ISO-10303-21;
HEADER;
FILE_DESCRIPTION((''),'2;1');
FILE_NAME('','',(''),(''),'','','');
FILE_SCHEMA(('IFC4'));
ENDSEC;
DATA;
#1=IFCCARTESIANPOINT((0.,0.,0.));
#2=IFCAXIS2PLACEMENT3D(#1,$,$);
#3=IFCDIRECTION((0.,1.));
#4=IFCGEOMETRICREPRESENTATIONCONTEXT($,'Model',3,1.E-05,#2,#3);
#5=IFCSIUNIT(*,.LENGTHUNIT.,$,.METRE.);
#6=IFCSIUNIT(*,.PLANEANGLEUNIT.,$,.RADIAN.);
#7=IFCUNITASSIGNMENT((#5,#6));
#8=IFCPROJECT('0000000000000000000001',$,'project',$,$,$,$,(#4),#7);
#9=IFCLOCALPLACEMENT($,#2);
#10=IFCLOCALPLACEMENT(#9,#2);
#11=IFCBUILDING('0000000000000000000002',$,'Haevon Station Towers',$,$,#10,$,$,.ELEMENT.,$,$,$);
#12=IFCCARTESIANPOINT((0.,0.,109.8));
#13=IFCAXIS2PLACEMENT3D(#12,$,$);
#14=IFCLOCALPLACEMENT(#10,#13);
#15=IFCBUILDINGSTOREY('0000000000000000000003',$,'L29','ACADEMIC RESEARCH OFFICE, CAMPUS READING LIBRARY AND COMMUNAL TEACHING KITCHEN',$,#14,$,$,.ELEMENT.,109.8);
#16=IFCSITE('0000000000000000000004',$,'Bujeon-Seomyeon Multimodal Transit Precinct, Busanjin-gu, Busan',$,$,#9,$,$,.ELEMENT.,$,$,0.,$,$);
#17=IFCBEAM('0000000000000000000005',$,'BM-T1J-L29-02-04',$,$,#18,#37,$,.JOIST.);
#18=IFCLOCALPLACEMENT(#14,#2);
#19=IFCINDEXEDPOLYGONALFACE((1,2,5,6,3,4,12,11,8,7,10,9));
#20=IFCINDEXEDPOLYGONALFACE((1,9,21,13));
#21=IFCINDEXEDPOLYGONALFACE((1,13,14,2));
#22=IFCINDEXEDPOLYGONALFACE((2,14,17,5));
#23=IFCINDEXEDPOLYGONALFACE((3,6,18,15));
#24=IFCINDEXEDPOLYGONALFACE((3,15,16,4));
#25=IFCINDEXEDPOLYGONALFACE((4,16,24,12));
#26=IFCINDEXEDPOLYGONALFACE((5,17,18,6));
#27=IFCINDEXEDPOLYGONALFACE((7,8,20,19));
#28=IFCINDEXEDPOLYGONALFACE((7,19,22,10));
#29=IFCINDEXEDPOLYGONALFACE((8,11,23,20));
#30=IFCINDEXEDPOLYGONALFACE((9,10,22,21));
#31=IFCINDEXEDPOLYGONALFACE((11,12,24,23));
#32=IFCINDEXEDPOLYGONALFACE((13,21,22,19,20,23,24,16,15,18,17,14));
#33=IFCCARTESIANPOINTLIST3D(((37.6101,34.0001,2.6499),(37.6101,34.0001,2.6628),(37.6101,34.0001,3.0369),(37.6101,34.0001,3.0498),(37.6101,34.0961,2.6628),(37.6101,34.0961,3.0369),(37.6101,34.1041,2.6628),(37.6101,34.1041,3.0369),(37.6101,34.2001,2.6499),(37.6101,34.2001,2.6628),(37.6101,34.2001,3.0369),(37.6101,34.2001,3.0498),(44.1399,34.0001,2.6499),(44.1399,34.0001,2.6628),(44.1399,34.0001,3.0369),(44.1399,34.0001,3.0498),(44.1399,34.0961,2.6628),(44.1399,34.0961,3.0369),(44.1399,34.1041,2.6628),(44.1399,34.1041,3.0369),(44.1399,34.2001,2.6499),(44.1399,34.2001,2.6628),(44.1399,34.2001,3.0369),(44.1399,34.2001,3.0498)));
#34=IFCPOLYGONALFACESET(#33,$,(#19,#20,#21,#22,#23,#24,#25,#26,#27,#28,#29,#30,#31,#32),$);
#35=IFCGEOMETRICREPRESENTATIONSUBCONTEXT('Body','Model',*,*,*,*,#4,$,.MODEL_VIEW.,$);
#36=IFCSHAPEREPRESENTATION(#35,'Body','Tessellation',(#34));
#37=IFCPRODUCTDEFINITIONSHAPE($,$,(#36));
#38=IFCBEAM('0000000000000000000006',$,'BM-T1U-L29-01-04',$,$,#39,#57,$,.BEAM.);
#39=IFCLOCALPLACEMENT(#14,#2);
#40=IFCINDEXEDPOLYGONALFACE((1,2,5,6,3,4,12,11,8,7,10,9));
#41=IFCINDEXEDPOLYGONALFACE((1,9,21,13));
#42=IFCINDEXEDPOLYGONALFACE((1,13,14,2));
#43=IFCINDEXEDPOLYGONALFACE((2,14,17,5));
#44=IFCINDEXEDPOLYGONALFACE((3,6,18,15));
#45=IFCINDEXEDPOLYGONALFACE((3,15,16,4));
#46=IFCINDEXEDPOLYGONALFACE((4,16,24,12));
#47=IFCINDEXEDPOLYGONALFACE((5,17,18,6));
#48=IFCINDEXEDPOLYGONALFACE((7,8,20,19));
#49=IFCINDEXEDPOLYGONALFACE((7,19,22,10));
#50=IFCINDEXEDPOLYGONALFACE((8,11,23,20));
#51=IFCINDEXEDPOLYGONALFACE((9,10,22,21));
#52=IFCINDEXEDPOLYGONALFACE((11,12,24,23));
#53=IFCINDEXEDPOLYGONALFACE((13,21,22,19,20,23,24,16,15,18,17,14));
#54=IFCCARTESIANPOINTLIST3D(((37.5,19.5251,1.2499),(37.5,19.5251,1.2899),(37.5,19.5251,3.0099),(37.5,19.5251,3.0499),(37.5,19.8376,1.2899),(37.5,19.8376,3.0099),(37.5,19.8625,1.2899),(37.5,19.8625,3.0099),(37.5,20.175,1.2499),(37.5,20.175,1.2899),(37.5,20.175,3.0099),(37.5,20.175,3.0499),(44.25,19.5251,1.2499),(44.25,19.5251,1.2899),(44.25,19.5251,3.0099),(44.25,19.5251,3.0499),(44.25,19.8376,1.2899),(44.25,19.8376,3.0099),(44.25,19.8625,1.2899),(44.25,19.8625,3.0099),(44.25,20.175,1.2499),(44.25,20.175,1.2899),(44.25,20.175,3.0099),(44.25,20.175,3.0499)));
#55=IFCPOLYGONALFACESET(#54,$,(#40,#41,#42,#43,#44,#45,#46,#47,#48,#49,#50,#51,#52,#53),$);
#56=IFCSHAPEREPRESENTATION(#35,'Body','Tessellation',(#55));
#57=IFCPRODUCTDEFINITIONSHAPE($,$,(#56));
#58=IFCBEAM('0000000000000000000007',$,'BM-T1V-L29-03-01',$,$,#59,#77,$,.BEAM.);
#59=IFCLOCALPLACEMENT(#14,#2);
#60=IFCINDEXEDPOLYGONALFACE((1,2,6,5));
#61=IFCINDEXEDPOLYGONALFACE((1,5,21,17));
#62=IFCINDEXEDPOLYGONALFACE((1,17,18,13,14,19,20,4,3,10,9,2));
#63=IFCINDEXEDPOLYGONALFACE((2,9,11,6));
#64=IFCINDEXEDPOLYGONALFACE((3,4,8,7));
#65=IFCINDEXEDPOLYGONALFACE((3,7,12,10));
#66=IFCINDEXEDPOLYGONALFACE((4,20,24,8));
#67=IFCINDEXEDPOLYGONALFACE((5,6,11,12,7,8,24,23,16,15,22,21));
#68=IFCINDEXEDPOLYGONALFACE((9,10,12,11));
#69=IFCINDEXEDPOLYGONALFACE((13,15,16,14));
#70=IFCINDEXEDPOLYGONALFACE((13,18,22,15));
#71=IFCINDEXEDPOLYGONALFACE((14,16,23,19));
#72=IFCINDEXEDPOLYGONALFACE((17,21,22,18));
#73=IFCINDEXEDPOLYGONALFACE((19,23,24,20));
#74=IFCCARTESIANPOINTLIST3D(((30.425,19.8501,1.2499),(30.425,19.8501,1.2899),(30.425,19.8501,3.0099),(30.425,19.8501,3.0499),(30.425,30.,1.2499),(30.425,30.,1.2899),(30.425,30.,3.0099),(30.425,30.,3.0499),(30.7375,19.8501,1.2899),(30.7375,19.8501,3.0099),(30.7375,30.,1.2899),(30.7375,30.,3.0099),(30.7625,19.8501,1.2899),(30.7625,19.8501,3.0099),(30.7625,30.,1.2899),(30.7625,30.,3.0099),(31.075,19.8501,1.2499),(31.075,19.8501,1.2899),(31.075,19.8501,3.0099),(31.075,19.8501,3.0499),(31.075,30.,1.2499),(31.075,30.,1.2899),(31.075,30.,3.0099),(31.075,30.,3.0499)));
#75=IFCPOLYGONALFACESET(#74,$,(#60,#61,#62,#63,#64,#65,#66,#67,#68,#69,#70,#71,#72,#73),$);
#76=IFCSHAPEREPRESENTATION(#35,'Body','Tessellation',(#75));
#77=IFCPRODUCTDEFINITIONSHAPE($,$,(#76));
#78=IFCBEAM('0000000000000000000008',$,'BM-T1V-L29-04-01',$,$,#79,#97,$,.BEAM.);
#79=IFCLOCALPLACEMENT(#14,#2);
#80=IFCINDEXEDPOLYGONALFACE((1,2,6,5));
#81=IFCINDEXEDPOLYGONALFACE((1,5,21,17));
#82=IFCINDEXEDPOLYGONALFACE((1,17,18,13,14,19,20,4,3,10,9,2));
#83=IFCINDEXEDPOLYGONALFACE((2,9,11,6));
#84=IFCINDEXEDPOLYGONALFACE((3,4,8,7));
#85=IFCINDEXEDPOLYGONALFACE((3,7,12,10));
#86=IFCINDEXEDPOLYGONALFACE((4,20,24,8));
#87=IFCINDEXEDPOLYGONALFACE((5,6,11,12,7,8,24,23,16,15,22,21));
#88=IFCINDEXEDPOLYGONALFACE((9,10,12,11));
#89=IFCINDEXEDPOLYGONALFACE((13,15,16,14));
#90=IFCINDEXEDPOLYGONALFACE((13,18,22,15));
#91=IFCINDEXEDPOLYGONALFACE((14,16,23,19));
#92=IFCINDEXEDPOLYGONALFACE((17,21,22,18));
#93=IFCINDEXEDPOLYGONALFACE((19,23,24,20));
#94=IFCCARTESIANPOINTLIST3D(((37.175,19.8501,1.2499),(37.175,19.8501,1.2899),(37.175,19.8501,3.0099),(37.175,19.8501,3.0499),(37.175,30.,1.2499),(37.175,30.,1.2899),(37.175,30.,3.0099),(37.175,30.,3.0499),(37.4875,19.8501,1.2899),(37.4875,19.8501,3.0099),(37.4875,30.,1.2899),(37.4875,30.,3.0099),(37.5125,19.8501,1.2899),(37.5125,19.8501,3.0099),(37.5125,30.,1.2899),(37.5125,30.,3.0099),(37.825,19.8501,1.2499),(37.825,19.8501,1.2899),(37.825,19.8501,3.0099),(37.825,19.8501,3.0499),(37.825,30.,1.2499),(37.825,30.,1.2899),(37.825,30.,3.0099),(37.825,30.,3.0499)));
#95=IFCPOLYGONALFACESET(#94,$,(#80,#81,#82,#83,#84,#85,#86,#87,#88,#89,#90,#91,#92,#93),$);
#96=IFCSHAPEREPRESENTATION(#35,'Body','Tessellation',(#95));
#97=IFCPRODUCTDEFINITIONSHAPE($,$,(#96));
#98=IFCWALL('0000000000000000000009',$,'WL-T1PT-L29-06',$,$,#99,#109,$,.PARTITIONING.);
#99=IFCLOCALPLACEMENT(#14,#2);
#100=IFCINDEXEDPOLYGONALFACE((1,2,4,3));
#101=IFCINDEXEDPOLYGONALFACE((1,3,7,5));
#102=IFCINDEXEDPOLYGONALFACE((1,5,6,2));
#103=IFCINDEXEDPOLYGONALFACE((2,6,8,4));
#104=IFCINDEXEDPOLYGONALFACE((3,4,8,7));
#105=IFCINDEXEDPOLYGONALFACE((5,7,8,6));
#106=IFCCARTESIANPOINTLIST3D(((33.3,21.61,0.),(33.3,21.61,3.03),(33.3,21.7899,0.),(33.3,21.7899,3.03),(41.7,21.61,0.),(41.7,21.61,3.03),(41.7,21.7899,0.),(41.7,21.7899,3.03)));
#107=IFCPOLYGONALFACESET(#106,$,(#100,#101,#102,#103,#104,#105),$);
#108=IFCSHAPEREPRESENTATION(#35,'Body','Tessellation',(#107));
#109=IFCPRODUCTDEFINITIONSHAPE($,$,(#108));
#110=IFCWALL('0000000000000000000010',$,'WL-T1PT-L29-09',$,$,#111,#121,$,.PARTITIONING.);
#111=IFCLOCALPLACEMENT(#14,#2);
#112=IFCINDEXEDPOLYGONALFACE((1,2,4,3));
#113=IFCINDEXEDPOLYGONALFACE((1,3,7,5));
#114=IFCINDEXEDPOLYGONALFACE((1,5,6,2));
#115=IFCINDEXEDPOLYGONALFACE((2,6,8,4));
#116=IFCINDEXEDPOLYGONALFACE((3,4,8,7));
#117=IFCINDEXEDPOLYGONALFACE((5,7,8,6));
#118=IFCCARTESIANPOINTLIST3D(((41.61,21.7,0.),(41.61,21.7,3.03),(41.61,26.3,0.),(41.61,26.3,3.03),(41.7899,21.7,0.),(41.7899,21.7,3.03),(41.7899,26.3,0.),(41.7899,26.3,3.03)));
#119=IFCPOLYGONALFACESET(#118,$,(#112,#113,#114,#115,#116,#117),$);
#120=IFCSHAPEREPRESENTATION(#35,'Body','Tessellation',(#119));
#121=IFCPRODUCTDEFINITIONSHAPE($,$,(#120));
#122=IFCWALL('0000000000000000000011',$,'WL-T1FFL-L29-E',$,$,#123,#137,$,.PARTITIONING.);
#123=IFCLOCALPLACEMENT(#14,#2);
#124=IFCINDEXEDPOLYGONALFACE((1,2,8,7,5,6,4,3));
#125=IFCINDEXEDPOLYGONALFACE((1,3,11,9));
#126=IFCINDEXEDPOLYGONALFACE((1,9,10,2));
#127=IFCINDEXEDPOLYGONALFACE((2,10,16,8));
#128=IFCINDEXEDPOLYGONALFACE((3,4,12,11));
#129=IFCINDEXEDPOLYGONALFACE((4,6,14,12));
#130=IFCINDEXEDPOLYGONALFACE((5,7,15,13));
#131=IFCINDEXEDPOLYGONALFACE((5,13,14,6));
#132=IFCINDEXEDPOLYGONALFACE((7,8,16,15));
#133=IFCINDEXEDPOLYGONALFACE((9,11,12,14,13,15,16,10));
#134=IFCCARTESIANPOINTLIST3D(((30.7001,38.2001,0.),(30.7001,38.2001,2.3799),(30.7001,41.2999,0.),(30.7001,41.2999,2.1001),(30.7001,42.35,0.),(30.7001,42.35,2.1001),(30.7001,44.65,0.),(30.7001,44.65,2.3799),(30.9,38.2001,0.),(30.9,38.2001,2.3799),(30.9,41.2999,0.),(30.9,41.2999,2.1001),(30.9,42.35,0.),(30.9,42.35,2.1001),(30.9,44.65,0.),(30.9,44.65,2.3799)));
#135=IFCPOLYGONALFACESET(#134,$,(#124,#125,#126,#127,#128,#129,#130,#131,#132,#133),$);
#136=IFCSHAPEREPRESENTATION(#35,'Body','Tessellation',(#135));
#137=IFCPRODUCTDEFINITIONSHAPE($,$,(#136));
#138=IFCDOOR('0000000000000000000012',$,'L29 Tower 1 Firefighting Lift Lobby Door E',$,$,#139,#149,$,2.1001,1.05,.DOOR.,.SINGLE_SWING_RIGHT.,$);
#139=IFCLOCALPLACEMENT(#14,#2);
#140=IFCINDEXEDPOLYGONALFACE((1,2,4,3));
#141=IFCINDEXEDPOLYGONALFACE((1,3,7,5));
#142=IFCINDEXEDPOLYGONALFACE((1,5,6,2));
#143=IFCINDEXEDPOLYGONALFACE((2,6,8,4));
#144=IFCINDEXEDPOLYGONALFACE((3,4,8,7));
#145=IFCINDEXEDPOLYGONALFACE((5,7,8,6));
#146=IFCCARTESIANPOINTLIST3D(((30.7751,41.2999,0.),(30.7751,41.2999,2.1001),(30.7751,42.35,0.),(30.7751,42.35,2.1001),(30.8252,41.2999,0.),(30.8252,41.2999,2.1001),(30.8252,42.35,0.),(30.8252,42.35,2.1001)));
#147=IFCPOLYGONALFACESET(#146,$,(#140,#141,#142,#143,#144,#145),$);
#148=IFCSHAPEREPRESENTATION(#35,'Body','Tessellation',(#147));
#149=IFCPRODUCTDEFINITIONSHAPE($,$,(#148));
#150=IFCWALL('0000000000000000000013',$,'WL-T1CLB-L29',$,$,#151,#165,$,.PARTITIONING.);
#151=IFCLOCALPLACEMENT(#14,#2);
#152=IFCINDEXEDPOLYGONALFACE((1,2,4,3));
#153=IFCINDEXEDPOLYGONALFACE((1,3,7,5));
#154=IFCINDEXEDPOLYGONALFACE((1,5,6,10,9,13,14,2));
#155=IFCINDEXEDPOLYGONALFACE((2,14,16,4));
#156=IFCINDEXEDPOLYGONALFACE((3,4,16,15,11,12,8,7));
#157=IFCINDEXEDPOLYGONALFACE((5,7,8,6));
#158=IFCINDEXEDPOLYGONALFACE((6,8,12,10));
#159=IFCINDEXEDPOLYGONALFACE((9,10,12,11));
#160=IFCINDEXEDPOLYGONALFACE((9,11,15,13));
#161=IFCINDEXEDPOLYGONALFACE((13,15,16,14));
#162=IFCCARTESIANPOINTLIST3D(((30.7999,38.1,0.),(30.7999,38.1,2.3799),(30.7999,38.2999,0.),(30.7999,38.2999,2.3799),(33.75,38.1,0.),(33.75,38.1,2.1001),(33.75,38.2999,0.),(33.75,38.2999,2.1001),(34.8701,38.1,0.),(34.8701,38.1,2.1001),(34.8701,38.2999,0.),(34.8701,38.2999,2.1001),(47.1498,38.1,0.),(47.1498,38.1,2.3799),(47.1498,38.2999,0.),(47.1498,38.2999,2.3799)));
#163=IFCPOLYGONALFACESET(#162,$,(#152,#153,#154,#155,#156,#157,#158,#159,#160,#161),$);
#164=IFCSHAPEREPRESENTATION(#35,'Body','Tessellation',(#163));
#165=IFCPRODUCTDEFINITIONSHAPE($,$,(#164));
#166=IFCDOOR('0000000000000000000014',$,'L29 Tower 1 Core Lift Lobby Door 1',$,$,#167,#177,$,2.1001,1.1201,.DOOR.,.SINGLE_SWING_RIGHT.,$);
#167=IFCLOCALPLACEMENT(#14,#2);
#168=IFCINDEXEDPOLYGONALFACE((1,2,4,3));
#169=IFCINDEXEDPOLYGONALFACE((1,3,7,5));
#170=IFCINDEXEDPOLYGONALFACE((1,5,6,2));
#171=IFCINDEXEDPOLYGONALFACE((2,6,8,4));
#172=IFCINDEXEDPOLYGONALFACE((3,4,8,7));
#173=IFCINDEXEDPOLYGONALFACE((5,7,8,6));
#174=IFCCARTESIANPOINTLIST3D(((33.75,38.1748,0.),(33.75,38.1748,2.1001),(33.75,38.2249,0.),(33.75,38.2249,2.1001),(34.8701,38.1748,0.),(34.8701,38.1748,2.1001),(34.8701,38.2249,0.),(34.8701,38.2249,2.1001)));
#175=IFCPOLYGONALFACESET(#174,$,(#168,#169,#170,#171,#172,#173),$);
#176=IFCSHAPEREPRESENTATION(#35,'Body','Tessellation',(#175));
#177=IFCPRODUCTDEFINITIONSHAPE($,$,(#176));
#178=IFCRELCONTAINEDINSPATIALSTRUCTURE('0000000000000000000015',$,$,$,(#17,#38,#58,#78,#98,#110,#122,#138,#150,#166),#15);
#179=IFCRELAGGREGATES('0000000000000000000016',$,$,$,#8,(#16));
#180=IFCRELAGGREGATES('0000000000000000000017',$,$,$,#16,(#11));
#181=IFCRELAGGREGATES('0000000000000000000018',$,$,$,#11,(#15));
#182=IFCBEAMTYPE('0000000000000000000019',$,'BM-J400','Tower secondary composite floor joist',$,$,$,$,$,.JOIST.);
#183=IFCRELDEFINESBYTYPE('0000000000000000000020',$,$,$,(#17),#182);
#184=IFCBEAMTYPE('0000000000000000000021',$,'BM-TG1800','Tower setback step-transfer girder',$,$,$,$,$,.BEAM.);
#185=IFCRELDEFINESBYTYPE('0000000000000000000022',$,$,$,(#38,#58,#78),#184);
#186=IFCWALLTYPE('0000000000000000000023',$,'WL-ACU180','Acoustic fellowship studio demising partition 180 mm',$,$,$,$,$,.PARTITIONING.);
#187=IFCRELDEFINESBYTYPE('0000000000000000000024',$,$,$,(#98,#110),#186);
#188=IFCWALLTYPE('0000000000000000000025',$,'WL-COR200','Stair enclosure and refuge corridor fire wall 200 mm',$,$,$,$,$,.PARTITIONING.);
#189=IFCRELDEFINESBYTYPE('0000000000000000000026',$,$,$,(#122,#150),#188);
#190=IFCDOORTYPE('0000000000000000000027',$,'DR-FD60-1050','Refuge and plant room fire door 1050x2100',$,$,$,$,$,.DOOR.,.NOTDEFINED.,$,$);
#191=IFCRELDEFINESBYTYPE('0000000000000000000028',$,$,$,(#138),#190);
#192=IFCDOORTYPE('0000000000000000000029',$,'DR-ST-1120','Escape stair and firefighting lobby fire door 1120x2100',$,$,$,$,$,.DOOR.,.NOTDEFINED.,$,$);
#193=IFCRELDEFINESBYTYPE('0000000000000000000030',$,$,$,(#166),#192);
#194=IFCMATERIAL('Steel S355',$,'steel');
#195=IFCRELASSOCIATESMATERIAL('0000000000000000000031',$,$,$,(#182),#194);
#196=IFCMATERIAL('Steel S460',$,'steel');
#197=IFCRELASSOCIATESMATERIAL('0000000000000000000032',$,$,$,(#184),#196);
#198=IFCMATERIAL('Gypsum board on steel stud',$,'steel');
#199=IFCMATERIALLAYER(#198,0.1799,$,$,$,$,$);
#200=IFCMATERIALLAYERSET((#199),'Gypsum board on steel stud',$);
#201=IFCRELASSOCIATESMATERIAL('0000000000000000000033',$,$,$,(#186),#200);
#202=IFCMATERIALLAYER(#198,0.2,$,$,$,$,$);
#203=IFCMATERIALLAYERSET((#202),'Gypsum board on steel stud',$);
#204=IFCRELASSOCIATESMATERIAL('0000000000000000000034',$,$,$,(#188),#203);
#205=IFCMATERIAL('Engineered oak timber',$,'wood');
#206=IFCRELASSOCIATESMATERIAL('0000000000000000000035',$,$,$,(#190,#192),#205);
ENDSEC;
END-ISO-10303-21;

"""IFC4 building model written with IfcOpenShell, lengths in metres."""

from ifc_helpers import new_model, si_unit, direction, frame, frame_2d, origin, origin_2d, place, context, subcontext, project, spatial, rectangle, i_section, extrude, material, layer, layer_set, material_profile, profile_set, type_object, element, fill, save


model = new_model("IFC4")

# Units and contexts
model_context = context("Model", 3, precision=1e-05, world=origin(), true_north=direction((0.0, 1.0)))
body_context = subcontext(model_context, "Body", "Model", "MODEL_VIEW")
ifc_project = project(units=[si_unit("LENGTHUNIT", "METRE"), si_unit("PLANEANGLEUNIT", "RADIAN")], contexts=[model_context])

# Site, building, storey
site_placement = place(None, origin())
site = spatial("IfcSite", under=ifc_project, at=site_placement, Name="Bujeon-Seomyeon Multimodal Transit Precinct, Busanjin-gu, Busan", CompositionType="ELEMENT", RefElevation=0.0)
building_placement = place(site_placement, origin())
building = spatial("IfcBuilding", under=site, at=building_placement, Name="Haevon Station Towers", CompositionType="ELEMENT")
storey_placement = place(building_placement, frame((0.0, 0.0, 109.8)))
storey = spatial("IfcBuildingStorey", under=building, at=storey_placement, Name="L29", Description="ACADEMIC RESEARCH OFFICE, CAMPUS READING LIBRARY AND COMMUNAL TEACHING KITCHEN", CompositionType="ELEMENT", Elevation=109.8)

# Shared definitions
ifc_material_1 = material(Name="Steel S460", Category="steel")

# Beams
ifc_material_2 = material(Name="Steel S355", Category="steel")
ifc_material_profile_1 = material_profile(ifc_material_2, i_section(OverallWidth=0.2, OverallDepth=0.3999, WebThickness=0.0081, FlangeThickness=0.0129, at=origin_2d()), Name="H-400x200x8x13")
ifc_profile_set_1 = profile_set([ifc_material_profile_1], Name="Steel S355")
beam_type_1 = type_object("IfcBeamType", Name="BM-J400", Description="Tower secondary composite floor joist", PredefinedType="JOIST", material=ifc_profile_set_1)
for number, where, z_axis, x_axis, name in (
    (1, (37.6101, 34.1001, 2.8499), (1.0, 0.0, 0.0), (0.0, 1.0, 0.0), "BM-T1J-L29-02-04"),
):
    element("IfcBeam", number, at=place(storey_placement, frame(where, z_axis=z_axis, x_axis=x_axis)), inside=storey, type_object=beam_type_1, Name=name, PredefinedType="JOIST", context=body_context, shape_type="SweptSolid", body=[
        extrude(i_section(OverallWidth=0.2, OverallDepth=0.3999, WebThickness=0.0081, FlangeThickness=0.0129, at=origin_2d()), origin(), (0.0, 0.0, 1.0), 6.5298),
    ])
ifc_material_profile_2 = material_profile(ifc_material_1, i_section(OverallWidth=0.6499, OverallDepth=1.8, WebThickness=0.0249, FlangeThickness=0.04, at=origin_2d()), Name="H-1800x650x25x40")
ifc_profile_set_2 = profile_set([ifc_material_profile_2], Name="Steel S460")
beam_type_2 = type_object("IfcBeamType", Name="BM-TG1800", Description="Tower setback step-transfer girder", PredefinedType="BEAM", material=ifc_profile_set_2)
beam_1_placement = place(storey_placement, frame((37.5, 19.8501, 2.1499), z_axis=(1.0, 0.0, 0.0), x_axis=(0.0, 1.0, 0.0)))
element("IfcBeam", 2, at=beam_1_placement, inside=storey, type_object=beam_type_2, Name="BM-T1U-L29-01-04", PredefinedType="BEAM", context=body_context, shape_type="SweptSolid", body=[
    extrude(i_section(OverallWidth=0.6499, OverallDepth=1.8, WebThickness=0.0249, FlangeThickness=0.04, at=origin_2d()), origin(), (0.0, 0.0, 1.0), 6.75),
])
for number, where, z_axis, x_axis, name in (
    (3, (30.75, 19.8501, 2.1499), (0.0, 1.0, 0.0), (-1.0, 0.0, 0.0), "BM-T1V-L29-03-01"),
    (4, (37.5, 19.8501, 2.1499), (0.0, 1.0, 0.0), (-1.0, 0.0, 0.0), "BM-T1V-L29-04-01"),
):
    element("IfcBeam", number, at=place(storey_placement, frame(where, z_axis=z_axis, x_axis=x_axis)), inside=storey, type_object=beam_type_2, Name=name, PredefinedType="BEAM", context=body_context, shape_type="SweptSolid", body=[
        extrude(i_section(OverallWidth=0.6499, OverallDepth=1.8, WebThickness=0.0249, FlangeThickness=0.04, at=origin_2d()), origin(), (0.0, 0.0, 1.0), 10.1499),
    ])

# Walls
ifc_material_3 = material(Name="Gypsum board on steel stud", Category="steel")
ifc_layer_1 = layer(ifc_material_3, 0.1799)
ifc_layer_set_1 = layer_set([ifc_layer_1], Name="Gypsum board on steel stud")
wall_type_1 = type_object("IfcWallType", Name="WL-ACU180", Description="Acoustic fellowship studio demising partition 180 mm", PredefinedType="PARTITIONING", material=ifc_layer_set_1)
wall_1_placement = place(storey_placement, frame((33.3, 21.7, 0.0), z_axis=(0.0, 0.0, 1.0), x_axis=(1.0, 0.0, 0.0)))
element("IfcWall", 5, at=wall_1_placement, inside=storey, type_object=wall_type_1, Name="WL-T1PT-L29-06", PredefinedType="PARTITIONING", context=body_context, shape_type="SweptSolid", body=[
    extrude(rectangle(XDim=8.3999, YDim=0.1799, at=frame_2d((4.2, 0.0))), origin(), (0.0, 0.0, 1.0), 3.03),
])
wall_2_placement = place(storey_placement, frame((41.7, 21.7, 0.0), z_axis=(0.0, 0.0, 1.0), x_axis=(0.0, 1.0, 0.0)))
element("IfcWall", 6, at=wall_2_placement, inside=storey, type_object=wall_type_1, Name="WL-T1PT-L29-09", PredefinedType="PARTITIONING", context=body_context, shape_type="SweptSolid", body=[
    extrude(rectangle(XDim=4.6001, YDim=0.1799, at=frame_2d((2.3, 0.0))), origin(), (0.0, 0.0, 1.0), 3.03),
])

# Walls, openings, doors
ifc_layer_2 = layer(ifc_material_3, 0.2)
ifc_layer_set_2 = layer_set([ifc_layer_2], Name="Gypsum board on steel stud")
wall_type_2 = type_object("IfcWallType", Name="WL-COR200", Description="Stair enclosure and refuge corridor fire wall 200 mm", PredefinedType="PARTITIONING", material=ifc_layer_set_2)
wall_3_placement = place(storey_placement, frame((30.8, 38.2, 0.0), z_axis=(0.0, 0.0, 1.0), x_axis=(0.0, 1.0, 0.0)))
wall_3 = element("IfcWall", 7, at=wall_3_placement, inside=storey, type_object=wall_type_2, Name="WL-T1FFL-L29-E", PredefinedType="PARTITIONING", context=body_context, shape_type="SweptSolid", body=[
    extrude(rectangle(XDim=6.45, YDim=0.2, at=frame_2d((3.2251, 0.0))), origin(), (0.0, 0.0, 1.0), 2.3799),
])
opening_1_placement = place(wall_3_placement, frame((3.1001, 0.0, 0.0)))
opening_1 = element("IfcOpeningElement", 8, at=opening_1_placement, cuts=wall_3, PredefinedType="OPENING", context=body_context, shape_type="SweptSolid", body=[
    extrude(rectangle(XDim=1.05, YDim=2.1001, at=frame_2d((0.5249, 1.05))), frame((0.0, 0.1099, 0.0), z_axis=(0.0, -1.0, 0.0), x_axis=(1.0, 0.0, 0.0)), (0.0, 0.0, 1.0), 0.22),
])
ifc_material_4 = material(Name="Engineered oak timber", Category="wood")
door_type_1 = type_object("IfcDoorType", Name="DR-FD60-1050", Description="Refuge and plant room fire door 1050x2100", OperationType="NOTDEFINED", PredefinedType="DOOR", material=ifc_material_4)
door_1_placement = place(opening_1_placement, origin())
door_1 = element("IfcDoor", 9, at=door_1_placement, inside=storey, type_object=door_type_1, Name="L29 Tower 1 Firefighting Lift Lobby Door E", OperationType="SINGLE_SWING_RIGHT", OverallHeight=2.1001, OverallWidth=1.05, PredefinedType="DOOR", context=body_context, shape_type="SweptSolid", body=[
    extrude(rectangle(XDim=1.05, YDim=2.1001, at=frame_2d((0.5249, 1.05))), frame((0.0, 0.0249, 0.0), z_axis=(0.0, -1.0, 0.0), x_axis=(1.0, 0.0, 0.0)), (0.0, 0.0, 1.0), 0.05),
])
fill(opening_1, door_1)
wall_4_placement = place(storey_placement, frame((30.8, 38.2, 0.0), z_axis=(0.0, 0.0, 1.0), x_axis=(1.0, 0.0, 0.0)))
wall_4 = element("IfcWall", 10, at=wall_4_placement, inside=storey, type_object=wall_type_2, Name="WL-T1CLB-L29", PredefinedType="PARTITIONING", context=body_context, shape_type="SweptSolid", body=[
    extrude(rectangle(XDim=16.3499, YDim=0.2, at=frame_2d((8.1748, 0.0))), origin(), (0.0, 0.0, 1.0), 2.3799),
])
opening_2_placement = place(wall_4_placement, frame((2.95, 0.0, 0.0)))
opening_2 = element("IfcOpeningElement", 11, at=opening_2_placement, cuts=wall_4, PredefinedType="OPENING", context=body_context, shape_type="SweptSolid", body=[
    extrude(rectangle(XDim=1.1201, YDim=2.1001, at=frame_2d((0.5601, 1.05))), frame((0.0, 0.1099, 0.0), z_axis=(0.0, -1.0, 0.0), x_axis=(1.0, 0.0, 0.0)), (0.0, 0.0, 1.0), 0.22),
])
door_type_2 = type_object("IfcDoorType", Name="DR-ST-1120", Description="Escape stair and firefighting lobby fire door 1120x2100", OperationType="NOTDEFINED", PredefinedType="DOOR", material=ifc_material_4)
door_2_placement = place(opening_2_placement, origin())
door_2 = element("IfcDoor", 12, at=door_2_placement, inside=storey, type_object=door_type_2, Name="L29 Tower 1 Core Lift Lobby Door 1", OperationType="SINGLE_SWING_RIGHT", OverallHeight=2.1001, OverallWidth=1.1201, PredefinedType="DOOR", context=body_context, shape_type="SweptSolid", body=[
    extrude(rectangle(XDim=1.1201, YDim=2.1001, at=frame_2d((0.5601, 1.05))), frame((0.0, 0.0249, 0.0), z_axis=(0.0, -1.0, 0.0), x_axis=(1.0, 0.0, 0.0)), (0.0, 0.0, 1.0), 0.05),
])
fill(opening_2, door_2)

save(model, "model.ifc")
